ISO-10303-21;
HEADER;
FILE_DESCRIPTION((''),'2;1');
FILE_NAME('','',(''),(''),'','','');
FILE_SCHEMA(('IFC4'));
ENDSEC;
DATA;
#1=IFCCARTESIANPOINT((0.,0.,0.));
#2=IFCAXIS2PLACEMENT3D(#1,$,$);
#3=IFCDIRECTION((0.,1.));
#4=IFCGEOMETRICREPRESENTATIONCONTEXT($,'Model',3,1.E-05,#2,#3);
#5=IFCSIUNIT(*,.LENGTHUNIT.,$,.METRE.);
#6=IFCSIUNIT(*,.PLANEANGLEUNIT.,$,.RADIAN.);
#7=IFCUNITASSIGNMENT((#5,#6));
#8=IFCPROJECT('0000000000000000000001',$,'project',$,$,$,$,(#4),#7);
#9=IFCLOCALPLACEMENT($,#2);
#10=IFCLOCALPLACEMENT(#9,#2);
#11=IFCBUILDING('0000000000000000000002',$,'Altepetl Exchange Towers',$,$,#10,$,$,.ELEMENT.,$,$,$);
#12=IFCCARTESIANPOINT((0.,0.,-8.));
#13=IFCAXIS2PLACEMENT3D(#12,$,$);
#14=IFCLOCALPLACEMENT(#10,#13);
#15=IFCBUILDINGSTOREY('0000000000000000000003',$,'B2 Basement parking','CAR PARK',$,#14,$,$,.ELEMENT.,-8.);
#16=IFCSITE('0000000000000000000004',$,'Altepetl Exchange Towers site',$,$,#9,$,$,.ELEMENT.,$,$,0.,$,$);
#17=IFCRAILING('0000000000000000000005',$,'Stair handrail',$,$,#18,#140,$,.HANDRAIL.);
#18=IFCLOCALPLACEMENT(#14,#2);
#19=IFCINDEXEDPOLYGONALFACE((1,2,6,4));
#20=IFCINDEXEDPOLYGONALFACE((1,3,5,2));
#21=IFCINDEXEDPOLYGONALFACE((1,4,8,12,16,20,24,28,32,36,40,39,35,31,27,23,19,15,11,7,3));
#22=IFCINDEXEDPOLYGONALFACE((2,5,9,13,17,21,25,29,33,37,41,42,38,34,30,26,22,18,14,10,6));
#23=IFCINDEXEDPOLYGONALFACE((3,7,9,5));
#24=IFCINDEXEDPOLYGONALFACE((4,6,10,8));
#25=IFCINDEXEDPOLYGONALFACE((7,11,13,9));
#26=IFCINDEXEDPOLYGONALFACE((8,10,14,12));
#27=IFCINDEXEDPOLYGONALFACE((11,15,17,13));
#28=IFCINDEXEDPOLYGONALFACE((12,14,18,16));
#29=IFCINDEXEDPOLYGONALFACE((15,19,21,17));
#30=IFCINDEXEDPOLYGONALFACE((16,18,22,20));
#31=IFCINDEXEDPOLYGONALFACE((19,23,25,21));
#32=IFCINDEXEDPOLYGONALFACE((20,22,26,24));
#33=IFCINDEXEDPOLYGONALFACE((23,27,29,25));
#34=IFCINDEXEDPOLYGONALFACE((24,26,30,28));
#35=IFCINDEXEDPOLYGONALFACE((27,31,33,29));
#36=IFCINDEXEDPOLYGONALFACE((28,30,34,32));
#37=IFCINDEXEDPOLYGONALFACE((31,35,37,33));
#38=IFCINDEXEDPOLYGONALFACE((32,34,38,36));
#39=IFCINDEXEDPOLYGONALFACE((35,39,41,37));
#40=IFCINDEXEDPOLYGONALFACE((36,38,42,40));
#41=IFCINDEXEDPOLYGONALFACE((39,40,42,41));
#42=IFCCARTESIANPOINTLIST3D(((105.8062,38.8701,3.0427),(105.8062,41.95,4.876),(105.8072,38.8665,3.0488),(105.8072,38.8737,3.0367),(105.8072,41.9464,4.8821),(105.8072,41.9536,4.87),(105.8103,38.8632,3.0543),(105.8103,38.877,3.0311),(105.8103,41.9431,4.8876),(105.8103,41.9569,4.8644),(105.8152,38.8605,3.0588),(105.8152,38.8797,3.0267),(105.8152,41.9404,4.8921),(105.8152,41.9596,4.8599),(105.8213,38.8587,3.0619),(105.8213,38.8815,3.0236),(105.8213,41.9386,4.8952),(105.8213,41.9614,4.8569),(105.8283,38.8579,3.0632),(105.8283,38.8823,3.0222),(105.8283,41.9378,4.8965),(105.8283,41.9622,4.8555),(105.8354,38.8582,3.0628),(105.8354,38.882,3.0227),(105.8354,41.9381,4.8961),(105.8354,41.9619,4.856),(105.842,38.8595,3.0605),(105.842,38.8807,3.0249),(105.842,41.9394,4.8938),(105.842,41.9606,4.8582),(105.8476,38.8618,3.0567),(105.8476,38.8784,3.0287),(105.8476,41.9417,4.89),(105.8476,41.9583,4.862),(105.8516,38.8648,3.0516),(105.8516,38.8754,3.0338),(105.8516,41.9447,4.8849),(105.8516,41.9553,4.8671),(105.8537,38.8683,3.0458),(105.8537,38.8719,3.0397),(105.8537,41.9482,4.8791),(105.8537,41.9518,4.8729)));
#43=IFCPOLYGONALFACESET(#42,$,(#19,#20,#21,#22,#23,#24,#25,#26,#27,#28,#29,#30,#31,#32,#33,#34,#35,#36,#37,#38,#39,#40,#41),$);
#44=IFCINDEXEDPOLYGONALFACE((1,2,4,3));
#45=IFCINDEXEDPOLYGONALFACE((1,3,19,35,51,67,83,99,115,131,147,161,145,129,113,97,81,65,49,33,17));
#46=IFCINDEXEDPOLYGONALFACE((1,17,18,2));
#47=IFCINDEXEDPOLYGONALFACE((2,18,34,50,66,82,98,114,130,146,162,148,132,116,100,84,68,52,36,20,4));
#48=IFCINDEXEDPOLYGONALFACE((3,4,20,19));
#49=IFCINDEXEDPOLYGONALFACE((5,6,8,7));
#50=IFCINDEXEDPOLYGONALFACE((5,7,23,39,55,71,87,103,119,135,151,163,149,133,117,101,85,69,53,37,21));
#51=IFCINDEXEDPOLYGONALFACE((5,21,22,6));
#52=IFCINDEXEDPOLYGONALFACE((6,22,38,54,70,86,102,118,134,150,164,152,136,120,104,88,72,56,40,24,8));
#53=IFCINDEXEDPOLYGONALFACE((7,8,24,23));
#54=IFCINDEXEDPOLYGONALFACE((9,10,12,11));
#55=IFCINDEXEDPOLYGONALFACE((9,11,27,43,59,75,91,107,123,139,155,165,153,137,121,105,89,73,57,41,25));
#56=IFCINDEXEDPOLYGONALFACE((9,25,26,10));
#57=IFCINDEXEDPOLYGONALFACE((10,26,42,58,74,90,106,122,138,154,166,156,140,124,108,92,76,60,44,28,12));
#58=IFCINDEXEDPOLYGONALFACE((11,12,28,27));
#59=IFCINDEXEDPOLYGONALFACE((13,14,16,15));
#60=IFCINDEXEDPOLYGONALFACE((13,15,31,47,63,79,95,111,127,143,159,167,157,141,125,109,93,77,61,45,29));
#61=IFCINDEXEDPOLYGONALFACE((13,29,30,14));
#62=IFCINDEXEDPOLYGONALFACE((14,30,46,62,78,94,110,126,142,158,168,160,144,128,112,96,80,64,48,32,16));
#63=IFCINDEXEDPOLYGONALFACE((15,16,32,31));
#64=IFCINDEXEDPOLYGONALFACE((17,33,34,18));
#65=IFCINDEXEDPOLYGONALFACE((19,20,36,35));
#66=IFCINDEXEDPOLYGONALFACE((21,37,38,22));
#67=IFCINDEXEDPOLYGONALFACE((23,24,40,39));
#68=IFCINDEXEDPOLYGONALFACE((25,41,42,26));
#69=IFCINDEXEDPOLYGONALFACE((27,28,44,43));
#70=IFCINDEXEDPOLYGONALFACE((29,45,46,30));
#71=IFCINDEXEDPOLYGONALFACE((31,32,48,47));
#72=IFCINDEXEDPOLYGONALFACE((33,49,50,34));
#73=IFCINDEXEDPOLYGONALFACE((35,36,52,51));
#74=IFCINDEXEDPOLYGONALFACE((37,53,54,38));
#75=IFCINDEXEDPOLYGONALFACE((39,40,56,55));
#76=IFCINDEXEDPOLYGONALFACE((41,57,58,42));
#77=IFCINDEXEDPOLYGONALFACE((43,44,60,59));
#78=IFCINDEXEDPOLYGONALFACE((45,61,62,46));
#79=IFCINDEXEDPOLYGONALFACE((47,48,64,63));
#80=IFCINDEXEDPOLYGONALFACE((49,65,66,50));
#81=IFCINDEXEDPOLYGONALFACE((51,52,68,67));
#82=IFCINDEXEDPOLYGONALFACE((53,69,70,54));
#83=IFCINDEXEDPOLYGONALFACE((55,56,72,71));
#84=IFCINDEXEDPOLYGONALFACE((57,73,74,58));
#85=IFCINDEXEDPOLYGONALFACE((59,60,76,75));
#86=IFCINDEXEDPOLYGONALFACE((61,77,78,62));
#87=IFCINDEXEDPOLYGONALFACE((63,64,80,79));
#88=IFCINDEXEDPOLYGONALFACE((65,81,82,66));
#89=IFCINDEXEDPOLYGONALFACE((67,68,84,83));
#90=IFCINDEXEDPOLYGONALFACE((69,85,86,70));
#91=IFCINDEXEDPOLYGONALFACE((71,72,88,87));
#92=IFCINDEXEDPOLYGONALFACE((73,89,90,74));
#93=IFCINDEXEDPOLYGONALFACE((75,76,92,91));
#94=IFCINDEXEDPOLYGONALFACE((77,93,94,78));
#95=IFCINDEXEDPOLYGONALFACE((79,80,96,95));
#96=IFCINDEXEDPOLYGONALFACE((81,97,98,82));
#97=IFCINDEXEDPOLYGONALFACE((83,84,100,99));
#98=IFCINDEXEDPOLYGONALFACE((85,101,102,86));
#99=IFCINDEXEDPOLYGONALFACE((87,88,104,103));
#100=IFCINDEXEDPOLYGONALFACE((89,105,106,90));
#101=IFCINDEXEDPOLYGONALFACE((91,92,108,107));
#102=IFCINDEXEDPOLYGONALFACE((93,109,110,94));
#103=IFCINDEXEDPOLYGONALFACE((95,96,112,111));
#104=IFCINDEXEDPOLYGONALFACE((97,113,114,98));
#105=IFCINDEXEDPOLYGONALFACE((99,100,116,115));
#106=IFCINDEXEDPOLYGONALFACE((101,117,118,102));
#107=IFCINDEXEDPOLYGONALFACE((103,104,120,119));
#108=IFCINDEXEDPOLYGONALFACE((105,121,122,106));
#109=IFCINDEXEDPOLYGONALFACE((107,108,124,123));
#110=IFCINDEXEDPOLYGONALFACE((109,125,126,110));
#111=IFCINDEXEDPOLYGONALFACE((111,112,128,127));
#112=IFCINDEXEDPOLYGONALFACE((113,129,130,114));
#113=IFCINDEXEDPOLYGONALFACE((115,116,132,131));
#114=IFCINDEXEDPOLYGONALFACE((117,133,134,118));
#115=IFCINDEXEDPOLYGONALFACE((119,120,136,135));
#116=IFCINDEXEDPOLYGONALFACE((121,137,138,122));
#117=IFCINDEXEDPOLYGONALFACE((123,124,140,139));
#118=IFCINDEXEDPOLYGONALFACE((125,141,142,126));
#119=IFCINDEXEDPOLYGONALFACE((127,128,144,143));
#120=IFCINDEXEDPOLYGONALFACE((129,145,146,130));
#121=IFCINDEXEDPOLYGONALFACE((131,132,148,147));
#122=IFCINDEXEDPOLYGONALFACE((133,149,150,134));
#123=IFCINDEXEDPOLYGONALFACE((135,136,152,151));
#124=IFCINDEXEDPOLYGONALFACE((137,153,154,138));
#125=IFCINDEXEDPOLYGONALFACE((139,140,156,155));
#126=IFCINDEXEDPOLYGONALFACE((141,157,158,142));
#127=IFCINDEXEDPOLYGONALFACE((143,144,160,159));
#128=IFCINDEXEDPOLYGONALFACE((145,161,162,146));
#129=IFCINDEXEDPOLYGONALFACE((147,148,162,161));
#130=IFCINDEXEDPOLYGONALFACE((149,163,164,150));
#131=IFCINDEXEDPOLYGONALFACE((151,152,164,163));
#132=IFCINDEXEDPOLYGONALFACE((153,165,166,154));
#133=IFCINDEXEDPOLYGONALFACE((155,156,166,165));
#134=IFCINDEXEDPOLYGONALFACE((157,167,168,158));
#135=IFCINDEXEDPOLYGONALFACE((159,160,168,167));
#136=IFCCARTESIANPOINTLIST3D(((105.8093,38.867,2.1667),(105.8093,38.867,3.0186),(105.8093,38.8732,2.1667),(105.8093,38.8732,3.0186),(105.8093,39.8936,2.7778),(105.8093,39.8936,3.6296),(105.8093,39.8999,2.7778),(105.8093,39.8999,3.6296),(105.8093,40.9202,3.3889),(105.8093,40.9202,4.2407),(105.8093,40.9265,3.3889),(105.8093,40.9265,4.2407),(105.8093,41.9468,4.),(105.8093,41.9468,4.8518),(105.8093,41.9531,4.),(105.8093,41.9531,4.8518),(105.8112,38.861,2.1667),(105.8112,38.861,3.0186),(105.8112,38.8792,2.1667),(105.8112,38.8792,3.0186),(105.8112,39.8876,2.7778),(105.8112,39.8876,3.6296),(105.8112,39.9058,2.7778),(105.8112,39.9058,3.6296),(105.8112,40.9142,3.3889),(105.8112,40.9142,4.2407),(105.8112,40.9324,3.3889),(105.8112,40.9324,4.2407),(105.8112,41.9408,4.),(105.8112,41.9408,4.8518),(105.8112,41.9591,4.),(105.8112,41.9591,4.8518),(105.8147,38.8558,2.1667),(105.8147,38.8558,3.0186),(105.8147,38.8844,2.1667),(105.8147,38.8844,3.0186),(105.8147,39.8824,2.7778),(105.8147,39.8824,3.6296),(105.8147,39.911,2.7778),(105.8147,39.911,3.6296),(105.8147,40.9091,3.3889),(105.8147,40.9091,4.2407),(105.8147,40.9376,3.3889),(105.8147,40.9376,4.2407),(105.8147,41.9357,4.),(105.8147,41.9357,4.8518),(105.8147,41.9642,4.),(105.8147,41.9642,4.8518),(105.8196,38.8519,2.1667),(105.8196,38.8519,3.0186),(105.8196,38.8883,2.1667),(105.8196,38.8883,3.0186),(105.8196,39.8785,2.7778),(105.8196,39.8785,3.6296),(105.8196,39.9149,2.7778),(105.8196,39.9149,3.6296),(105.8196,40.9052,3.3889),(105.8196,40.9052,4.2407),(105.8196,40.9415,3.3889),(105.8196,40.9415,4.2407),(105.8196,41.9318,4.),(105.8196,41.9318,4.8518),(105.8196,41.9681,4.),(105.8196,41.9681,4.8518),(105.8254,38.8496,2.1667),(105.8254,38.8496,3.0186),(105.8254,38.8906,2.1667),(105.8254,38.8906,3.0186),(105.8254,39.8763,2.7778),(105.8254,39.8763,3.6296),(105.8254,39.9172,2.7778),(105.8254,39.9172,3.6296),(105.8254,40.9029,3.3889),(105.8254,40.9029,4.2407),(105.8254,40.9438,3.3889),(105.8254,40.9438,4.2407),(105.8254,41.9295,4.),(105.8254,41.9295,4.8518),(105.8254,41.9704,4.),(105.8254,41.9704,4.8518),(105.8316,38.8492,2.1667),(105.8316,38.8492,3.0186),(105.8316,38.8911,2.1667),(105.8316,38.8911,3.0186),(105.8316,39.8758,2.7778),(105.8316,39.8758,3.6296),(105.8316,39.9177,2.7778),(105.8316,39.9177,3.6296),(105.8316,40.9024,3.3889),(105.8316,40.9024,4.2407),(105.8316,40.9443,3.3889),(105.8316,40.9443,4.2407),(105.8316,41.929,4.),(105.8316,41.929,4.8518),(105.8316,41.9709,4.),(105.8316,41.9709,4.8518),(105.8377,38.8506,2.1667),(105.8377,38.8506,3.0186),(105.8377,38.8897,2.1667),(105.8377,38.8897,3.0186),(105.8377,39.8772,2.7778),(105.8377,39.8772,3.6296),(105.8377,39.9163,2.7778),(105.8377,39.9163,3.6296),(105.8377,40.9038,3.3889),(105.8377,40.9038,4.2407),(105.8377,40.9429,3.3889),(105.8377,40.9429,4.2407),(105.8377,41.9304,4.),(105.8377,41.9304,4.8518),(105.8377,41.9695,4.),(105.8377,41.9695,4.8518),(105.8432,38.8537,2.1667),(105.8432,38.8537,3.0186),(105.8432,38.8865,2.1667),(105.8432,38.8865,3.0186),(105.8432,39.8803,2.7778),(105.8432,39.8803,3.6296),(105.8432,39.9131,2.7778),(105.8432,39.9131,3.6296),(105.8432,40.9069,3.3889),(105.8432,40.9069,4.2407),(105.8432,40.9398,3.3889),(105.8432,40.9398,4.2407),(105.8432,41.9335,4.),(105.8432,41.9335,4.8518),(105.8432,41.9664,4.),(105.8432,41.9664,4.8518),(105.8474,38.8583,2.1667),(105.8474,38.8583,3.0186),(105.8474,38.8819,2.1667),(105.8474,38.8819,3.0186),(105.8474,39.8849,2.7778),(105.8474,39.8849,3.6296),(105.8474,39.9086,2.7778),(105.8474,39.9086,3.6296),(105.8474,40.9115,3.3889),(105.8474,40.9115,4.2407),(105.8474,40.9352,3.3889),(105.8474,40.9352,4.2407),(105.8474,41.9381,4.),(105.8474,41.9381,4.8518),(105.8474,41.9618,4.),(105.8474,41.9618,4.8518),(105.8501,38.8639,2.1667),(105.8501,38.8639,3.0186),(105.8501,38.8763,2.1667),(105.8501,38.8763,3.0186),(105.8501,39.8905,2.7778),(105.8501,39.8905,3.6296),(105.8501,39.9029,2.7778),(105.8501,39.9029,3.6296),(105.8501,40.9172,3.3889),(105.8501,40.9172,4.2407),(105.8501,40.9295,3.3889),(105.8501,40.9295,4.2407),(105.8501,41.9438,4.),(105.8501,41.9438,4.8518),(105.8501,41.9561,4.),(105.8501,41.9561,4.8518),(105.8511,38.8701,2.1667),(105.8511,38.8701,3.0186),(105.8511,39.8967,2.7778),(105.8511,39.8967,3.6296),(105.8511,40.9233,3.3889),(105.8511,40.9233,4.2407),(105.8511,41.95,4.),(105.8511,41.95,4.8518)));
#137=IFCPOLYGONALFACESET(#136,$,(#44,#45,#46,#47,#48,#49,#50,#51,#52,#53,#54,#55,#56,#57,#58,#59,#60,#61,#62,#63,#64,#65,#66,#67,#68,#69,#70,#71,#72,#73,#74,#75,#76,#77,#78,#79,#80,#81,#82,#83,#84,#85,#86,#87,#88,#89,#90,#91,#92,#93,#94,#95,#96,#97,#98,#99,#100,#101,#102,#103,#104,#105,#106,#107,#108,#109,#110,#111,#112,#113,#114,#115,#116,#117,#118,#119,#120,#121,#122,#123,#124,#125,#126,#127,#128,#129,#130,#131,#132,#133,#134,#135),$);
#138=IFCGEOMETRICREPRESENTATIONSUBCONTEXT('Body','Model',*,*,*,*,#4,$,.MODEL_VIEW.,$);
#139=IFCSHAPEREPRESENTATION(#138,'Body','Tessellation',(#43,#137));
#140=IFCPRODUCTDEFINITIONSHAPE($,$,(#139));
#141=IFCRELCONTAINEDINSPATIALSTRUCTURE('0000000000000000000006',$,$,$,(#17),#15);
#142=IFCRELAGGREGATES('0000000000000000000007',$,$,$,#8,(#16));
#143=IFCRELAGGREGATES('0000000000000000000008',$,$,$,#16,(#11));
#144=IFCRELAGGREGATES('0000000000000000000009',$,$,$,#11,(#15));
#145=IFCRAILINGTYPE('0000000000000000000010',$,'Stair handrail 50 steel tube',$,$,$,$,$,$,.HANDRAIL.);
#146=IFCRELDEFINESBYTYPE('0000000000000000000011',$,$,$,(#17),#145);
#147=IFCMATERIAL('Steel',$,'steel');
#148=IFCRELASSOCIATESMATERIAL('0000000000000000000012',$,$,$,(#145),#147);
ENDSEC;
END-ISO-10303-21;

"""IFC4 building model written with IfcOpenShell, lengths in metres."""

from ifc_helpers import new_model, si_unit, direction, frame, origin, origin_2d, place, context, subcontext, project, spatial, circle, extrude, source, transform, mapped, material, type_object, element, save


model = new_model("IFC4")

# Units and contexts
model_context = context("Model", 3, precision=1e-05, world=origin(), true_north=direction((0.0, 1.0)))
body_context = subcontext(model_context, "Body", "Model", "MODEL_VIEW")
ifc_project = project(units=[si_unit("LENGTHUNIT", "METRE"), si_unit("PLANEANGLEUNIT", "RADIAN")], contexts=[model_context])

# Site, building, storey
site_placement = place(None, origin())
site = spatial("IfcSite", under=ifc_project, at=site_placement, Name="Altepetl Exchange Towers site", CompositionType="ELEMENT", RefElevation=0.0)
building_placement = place(site_placement, origin())
building = spatial("IfcBuilding", under=site, at=building_placement, Name="Altepetl Exchange Towers", CompositionType="ELEMENT")
storey_placement = place(building_placement, frame((0.0, 0.0, -8.0)))
storey = spatial("IfcBuildingStorey", under=building, at=storey_placement, Name="B2 Basement parking", Description="CAR PARK", CompositionType="ELEMENT", Elevation=-8.0)

# Railing
ifc_material_1 = material(Name="Steel", Category="steel")
railing_type = type_object("IfcRailingType", Name="Stair handrail 50 steel tube", PredefinedType="HANDRAIL", material=ifc_material_1)
shared_shape = source(origin(), body_context, "Body", "SweptSolid", [
    extrude(circle(Radius=0.021, at=origin_2d()), origin(), (0.0, 0.0, 1.0), 0.8518),
])
railing_1_placement = place(storey_placement, frame((105.8301, 38.8701, 2.1667)))
element("IfcRailing", 1, at=railing_1_placement, inside=storey, type_object=railing_type, Name="Stair handrail", PredefinedType="HANDRAIL", context=body_context, shape_type="SweptSolid", body=[
    extrude(circle(Radius=0.0239, at=origin_2d()), frame((0.0, 0.0, 0.876), z_axis=(0.0, 0.859291, 0.511487), x_axis=(-1.0, 0.0, 0.0)), (0.0, 0.0, 1.0), 3.5842),
    mapped(shared_shape, transform((0.0, 0.0, 0.0))),
    mapped(shared_shape, transform((0.0, 1.0266, 0.6111))),
    mapped(shared_shape, transform((0.0, 2.0532, 1.2222))),
    mapped(shared_shape, transform((0.0, 3.0798, 1.8333))),
])

save(model, "model.ifc")
